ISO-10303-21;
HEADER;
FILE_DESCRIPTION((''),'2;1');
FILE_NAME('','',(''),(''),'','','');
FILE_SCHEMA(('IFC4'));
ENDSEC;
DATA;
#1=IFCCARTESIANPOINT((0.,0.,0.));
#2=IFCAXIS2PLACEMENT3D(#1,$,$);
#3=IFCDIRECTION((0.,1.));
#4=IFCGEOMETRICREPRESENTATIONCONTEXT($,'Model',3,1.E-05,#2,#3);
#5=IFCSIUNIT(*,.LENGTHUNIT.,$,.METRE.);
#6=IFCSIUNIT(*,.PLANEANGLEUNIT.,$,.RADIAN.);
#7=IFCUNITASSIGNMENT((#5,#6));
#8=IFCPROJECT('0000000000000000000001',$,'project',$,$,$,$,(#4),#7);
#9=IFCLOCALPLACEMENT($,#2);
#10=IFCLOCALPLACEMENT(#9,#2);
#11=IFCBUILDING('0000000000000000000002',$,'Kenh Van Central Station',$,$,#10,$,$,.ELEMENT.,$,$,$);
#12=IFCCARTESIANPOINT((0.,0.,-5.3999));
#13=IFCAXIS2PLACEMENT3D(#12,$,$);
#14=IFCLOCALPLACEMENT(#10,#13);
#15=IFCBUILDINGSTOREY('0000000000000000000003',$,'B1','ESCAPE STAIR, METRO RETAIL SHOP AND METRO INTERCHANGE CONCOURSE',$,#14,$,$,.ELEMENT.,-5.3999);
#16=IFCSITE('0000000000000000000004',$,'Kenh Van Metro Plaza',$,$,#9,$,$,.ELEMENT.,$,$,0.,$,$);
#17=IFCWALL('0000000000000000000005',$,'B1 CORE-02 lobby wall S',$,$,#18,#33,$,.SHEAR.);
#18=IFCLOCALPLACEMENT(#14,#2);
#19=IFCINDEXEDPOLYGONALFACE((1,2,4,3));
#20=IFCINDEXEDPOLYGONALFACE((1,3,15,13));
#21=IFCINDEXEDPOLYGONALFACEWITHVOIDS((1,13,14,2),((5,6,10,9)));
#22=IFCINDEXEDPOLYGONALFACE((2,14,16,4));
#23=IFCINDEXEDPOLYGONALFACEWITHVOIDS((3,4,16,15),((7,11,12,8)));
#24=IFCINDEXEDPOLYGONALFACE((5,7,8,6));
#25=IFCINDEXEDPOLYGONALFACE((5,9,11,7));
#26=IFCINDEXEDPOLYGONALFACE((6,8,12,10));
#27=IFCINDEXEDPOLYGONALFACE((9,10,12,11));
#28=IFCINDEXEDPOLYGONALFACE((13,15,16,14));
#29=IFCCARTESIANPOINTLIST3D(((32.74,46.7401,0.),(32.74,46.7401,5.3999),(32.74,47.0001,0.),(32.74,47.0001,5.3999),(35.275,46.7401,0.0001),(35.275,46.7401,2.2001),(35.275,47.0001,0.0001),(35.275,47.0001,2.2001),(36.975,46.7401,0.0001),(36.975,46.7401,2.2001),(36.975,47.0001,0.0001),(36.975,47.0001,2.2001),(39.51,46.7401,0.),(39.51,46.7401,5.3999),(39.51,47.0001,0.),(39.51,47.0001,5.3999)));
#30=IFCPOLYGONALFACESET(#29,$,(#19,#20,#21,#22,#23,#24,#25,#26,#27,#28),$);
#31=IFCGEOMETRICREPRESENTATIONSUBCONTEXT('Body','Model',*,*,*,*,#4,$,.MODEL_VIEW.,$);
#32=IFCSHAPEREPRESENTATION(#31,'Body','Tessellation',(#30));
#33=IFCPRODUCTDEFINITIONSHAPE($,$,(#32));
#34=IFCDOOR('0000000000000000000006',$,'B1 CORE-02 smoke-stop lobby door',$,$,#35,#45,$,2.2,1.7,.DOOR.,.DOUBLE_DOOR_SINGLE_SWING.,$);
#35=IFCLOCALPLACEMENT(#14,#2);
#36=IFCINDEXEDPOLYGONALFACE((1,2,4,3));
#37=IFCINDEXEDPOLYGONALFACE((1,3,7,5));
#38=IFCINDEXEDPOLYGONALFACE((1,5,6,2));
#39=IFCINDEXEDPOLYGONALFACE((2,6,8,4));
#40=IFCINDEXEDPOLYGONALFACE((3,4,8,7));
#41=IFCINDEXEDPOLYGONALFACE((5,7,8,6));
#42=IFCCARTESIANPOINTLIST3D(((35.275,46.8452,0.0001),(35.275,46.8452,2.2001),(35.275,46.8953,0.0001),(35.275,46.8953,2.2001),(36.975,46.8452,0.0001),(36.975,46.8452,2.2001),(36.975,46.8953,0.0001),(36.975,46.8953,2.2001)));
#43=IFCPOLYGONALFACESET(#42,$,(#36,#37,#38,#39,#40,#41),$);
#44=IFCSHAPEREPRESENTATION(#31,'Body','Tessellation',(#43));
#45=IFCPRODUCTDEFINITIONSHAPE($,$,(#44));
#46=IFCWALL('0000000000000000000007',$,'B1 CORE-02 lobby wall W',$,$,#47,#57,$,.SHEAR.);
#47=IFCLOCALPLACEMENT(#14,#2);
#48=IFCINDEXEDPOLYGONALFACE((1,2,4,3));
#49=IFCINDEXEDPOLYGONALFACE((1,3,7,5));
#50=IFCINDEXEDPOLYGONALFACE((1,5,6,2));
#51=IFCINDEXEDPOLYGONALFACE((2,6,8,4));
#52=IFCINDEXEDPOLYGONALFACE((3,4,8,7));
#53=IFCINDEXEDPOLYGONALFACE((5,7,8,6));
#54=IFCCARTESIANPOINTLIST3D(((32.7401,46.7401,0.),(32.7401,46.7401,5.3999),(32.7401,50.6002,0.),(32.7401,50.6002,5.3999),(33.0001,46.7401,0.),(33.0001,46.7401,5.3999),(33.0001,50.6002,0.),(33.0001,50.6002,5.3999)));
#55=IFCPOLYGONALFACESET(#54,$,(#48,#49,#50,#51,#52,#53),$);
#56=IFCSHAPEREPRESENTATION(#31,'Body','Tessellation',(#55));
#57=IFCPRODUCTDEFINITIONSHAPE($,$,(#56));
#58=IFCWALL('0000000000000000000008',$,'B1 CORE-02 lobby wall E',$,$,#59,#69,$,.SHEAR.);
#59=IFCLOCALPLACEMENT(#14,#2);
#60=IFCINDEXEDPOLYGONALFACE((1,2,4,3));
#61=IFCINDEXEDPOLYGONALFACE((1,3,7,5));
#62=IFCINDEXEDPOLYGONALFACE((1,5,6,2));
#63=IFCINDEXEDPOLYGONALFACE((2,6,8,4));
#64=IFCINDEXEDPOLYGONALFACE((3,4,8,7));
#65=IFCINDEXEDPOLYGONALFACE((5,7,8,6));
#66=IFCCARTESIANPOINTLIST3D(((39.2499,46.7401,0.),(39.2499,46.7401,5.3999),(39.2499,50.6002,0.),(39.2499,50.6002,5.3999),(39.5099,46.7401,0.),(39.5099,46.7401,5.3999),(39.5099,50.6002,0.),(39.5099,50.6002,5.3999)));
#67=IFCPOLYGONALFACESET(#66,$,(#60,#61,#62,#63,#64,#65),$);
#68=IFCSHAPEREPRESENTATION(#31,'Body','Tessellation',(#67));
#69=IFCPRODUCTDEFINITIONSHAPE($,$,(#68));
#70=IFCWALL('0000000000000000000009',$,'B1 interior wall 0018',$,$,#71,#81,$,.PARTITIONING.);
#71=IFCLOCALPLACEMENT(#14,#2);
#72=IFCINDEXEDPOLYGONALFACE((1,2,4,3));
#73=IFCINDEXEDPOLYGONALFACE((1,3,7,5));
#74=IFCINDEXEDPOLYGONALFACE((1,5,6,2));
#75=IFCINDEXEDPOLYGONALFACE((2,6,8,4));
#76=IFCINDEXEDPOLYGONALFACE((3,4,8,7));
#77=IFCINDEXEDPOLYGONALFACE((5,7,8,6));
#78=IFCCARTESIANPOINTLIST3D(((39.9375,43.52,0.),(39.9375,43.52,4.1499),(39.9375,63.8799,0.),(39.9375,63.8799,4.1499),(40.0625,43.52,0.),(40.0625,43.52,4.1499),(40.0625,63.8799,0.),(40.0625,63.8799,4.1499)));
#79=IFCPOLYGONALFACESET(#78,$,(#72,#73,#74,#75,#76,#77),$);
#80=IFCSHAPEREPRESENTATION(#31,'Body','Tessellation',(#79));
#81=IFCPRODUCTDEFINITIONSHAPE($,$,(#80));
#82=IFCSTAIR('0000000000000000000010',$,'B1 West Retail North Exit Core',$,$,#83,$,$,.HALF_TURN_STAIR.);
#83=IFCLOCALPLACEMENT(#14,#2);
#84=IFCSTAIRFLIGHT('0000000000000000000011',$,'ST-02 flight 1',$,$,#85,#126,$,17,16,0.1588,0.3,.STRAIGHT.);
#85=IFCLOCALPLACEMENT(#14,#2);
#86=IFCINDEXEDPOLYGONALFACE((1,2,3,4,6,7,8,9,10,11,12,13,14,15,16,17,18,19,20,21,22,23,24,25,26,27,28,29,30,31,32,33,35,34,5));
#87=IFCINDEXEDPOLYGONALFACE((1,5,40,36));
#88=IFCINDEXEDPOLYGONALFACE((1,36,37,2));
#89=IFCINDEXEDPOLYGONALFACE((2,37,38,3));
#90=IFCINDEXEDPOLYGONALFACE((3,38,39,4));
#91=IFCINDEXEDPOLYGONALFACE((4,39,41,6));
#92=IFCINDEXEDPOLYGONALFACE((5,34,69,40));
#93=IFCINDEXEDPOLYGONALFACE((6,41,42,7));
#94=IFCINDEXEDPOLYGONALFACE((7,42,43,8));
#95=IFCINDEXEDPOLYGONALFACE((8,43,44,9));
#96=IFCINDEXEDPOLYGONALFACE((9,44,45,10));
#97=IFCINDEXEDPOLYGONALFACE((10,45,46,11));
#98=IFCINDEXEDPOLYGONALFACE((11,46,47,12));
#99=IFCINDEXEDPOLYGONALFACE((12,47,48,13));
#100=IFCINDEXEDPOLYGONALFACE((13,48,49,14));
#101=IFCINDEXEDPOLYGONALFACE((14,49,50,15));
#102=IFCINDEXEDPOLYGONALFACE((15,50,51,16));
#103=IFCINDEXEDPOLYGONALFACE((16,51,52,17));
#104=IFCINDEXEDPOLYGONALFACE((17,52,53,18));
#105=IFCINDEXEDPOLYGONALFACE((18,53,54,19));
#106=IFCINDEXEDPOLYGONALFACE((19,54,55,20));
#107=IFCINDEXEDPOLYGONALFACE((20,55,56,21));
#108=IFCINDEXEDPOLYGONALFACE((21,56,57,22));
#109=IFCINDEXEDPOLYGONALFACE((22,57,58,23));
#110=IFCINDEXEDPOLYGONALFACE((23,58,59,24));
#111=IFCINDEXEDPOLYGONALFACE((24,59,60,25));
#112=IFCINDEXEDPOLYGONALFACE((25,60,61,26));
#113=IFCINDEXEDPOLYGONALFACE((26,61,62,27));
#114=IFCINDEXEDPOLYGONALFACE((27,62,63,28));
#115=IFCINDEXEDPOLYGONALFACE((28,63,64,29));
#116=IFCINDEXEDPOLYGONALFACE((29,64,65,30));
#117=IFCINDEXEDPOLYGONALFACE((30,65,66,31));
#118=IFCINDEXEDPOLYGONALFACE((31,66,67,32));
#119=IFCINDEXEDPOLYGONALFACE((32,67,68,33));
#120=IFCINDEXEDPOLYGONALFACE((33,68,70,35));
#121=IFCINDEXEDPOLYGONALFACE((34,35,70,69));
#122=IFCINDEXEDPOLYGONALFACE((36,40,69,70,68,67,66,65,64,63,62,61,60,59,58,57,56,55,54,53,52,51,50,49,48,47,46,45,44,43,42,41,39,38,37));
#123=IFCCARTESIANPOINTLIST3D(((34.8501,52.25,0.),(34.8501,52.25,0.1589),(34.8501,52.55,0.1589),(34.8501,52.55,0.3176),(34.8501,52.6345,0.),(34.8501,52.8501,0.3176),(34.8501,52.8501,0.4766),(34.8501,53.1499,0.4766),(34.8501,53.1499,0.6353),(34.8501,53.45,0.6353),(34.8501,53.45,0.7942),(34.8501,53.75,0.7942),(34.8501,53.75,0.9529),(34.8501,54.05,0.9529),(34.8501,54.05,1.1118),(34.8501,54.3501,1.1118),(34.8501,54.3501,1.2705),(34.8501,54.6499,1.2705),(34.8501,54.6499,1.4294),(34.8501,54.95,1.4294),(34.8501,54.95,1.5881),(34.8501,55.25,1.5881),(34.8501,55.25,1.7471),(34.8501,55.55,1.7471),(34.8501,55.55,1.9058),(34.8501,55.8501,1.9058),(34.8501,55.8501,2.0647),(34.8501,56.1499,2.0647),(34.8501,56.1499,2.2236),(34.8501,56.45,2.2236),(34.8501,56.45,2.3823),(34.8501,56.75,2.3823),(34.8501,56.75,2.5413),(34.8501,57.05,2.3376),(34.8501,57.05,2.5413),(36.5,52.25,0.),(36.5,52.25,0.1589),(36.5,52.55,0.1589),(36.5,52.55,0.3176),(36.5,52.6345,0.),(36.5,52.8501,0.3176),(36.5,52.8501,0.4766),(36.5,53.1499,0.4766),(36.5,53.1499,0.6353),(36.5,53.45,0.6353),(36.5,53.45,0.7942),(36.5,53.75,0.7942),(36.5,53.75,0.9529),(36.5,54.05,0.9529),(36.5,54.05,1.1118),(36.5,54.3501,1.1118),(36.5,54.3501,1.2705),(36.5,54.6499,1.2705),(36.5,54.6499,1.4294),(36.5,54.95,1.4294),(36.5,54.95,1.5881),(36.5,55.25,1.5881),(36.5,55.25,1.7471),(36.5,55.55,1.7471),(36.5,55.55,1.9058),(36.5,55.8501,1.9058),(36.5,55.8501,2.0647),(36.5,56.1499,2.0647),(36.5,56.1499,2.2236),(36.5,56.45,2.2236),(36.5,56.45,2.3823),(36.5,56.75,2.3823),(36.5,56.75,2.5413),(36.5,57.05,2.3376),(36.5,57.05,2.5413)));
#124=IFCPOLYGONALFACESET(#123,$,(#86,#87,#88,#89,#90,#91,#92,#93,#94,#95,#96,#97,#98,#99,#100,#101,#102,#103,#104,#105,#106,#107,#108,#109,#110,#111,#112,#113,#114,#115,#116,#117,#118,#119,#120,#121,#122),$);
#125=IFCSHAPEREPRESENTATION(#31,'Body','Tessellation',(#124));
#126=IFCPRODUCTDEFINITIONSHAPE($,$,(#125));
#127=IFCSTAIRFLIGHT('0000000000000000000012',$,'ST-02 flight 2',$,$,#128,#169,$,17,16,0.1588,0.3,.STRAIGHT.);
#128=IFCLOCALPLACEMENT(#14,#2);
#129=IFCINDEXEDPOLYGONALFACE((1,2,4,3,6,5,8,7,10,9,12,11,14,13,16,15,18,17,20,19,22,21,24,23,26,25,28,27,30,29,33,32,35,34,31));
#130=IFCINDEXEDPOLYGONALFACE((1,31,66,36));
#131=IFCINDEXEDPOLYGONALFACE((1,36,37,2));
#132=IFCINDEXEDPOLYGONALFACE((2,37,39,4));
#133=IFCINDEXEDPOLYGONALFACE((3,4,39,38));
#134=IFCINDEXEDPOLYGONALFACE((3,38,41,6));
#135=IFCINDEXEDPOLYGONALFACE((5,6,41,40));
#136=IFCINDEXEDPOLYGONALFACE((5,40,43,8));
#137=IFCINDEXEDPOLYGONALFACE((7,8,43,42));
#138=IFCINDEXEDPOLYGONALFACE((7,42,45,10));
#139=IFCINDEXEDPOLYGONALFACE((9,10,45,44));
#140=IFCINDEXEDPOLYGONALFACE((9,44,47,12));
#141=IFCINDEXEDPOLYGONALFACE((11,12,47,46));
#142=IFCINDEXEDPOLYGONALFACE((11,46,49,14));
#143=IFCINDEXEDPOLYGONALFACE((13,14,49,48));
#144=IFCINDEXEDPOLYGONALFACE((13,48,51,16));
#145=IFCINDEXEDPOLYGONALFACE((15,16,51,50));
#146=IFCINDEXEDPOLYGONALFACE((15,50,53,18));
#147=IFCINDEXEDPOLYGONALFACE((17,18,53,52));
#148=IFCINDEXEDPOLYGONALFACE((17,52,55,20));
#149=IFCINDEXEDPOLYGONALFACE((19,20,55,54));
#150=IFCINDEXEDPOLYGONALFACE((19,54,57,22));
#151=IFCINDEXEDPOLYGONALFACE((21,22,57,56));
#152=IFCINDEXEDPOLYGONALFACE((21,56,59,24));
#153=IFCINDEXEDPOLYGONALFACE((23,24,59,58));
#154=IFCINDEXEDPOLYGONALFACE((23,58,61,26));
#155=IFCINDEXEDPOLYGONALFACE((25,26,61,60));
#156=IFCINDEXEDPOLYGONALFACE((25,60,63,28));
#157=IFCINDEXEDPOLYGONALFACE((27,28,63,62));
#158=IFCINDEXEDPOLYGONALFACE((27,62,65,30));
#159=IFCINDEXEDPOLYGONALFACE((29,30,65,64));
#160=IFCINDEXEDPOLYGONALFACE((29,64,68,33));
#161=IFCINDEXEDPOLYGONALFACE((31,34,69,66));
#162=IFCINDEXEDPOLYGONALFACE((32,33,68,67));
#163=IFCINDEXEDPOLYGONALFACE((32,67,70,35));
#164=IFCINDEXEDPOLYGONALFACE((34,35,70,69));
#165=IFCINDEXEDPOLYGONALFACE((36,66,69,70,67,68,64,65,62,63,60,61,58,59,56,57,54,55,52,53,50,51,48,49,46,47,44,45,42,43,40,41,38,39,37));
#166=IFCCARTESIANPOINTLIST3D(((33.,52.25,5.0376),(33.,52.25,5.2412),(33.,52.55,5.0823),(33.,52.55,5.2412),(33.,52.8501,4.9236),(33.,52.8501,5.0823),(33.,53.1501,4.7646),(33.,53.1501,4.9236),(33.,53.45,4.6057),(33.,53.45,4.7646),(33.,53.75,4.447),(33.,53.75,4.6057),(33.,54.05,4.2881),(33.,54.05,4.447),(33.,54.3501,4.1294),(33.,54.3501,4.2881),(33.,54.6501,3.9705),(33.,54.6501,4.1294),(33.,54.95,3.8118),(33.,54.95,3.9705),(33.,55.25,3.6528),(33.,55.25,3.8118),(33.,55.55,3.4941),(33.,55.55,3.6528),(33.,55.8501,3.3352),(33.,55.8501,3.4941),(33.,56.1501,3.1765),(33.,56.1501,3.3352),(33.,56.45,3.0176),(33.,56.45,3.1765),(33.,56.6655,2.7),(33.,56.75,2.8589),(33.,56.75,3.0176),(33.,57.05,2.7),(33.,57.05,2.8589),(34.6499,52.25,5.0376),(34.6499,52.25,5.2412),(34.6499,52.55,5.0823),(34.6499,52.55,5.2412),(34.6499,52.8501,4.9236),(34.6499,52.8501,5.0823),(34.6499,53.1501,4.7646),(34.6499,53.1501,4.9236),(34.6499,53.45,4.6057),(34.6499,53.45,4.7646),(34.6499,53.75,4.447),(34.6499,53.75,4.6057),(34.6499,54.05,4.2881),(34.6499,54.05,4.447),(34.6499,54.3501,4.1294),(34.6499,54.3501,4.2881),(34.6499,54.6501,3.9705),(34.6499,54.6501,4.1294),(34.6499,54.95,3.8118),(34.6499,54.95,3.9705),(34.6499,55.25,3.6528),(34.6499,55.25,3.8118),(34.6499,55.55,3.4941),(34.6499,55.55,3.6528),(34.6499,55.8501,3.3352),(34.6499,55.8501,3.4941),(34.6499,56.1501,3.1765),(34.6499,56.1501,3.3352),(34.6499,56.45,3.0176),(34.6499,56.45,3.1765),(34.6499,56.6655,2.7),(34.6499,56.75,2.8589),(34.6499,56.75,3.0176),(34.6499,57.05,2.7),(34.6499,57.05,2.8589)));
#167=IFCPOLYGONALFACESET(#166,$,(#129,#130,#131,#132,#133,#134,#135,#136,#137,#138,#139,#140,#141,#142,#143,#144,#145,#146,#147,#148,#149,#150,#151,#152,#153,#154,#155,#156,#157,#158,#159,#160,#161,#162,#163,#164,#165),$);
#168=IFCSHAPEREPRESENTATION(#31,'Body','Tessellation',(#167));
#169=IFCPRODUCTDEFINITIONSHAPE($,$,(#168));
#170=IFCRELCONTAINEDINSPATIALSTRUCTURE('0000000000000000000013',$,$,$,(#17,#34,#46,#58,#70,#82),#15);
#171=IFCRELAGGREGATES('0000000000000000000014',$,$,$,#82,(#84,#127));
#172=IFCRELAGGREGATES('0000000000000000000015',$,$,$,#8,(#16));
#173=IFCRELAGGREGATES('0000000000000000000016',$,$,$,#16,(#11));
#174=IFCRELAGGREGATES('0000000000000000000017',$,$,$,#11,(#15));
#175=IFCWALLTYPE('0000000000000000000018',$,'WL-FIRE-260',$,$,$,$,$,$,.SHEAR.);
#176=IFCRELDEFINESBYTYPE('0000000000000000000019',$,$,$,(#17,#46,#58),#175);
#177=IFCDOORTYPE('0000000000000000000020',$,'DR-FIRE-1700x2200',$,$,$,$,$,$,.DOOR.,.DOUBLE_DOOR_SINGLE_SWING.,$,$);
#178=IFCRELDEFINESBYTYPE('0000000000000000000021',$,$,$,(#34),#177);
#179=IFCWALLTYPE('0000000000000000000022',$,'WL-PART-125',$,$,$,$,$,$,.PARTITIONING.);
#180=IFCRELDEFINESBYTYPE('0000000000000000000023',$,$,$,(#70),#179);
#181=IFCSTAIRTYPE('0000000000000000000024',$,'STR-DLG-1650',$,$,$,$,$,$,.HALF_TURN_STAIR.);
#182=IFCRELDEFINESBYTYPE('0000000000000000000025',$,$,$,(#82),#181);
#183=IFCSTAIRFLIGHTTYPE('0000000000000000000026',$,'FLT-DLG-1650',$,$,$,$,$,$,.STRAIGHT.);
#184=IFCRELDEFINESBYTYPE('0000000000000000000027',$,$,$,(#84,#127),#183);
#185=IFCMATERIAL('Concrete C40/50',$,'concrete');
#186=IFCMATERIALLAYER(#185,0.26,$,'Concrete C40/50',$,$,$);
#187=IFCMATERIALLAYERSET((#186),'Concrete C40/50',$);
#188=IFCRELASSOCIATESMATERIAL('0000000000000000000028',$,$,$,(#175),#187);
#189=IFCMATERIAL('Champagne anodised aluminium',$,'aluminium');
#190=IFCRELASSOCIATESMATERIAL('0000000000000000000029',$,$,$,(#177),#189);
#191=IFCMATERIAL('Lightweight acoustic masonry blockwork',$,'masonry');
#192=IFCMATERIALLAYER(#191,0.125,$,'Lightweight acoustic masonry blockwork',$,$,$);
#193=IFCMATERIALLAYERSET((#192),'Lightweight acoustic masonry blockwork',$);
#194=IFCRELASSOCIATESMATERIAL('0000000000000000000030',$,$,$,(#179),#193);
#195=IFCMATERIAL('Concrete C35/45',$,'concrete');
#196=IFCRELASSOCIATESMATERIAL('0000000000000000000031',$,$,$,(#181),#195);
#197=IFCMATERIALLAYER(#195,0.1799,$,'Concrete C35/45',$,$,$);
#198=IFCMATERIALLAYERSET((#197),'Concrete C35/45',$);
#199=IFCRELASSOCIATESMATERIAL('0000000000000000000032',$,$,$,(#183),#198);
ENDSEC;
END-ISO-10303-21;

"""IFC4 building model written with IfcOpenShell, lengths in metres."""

from ifc_helpers import new_model, si_unit, direction, frame, frame_2d, origin, place, context, subcontext, project, spatial, polyline, rectangle, outline, extrude, material, layer, layer_set, type_object, element, fill, aggregate, save


model = new_model("IFC4")

# Units and contexts
model_context = context("Model", 3, precision=1e-05, world=origin(), true_north=direction((0.0, 1.0)))
body_context = subcontext(model_context, "Body", "Model", "MODEL_VIEW")
ifc_project = project(units=[si_unit("LENGTHUNIT", "METRE"), si_unit("PLANEANGLEUNIT", "RADIAN")], contexts=[model_context])

# Site, building, storey
site_placement = place(None, origin())
site = spatial("IfcSite", under=ifc_project, at=site_placement, Name="Kenh Van Metro Plaza", CompositionType="ELEMENT", RefElevation=0.0)
building_placement = place(site_placement, origin())
building = spatial("IfcBuilding", under=site, at=building_placement, Name="Kenh Van Central Station", CompositionType="ELEMENT")
storey_placement = place(building_placement, frame((0.0, 0.0, -5.3999)))
storey = spatial("IfcBuildingStorey", under=building, at=storey_placement, Name="B1", Description="ESCAPE STAIR, METRO RETAIL SHOP AND METRO INTERCHANGE CONCOURSE", CompositionType="ELEMENT", Elevation=-5.3999)

# Shared definitions
ifc_material_1 = material(Name="Concrete C40/50", Category="concrete")

# Shared definitions
ifc_material_2 = material(Name="Champagne anodised aluminium", Category="aluminium")

# Wall, opening, door
ifc_layer_1 = layer(ifc_material_1, 0.26, Name="Concrete C40/50")
ifc_layer_set_1 = layer_set([ifc_layer_1], Name="Concrete C40/50")
wall_type_1 = type_object("IfcWallType", Name="WL-FIRE-260", PredefinedType="SHEAR", material=ifc_layer_set_1)
wall_1_placement = place(storey_placement, frame((39.51, 46.8701, 0.0), z_axis=(0.0, 0.0, 1.0), x_axis=(-1.0, 0.0, 0.0)))
wall_1 = element("IfcWall", 1, at=wall_1_placement, inside=storey, type_object=wall_type_1, Name="B1 CORE-02 lobby wall S", PredefinedType="SHEAR", context=body_context, shape_type="SweptSolid", body=[
    extrude(rectangle(XDim=6.77, YDim=0.26, at=frame_2d((3.385, 0.0))), origin(), (0.0, 0.0, 1.0), 5.3999),
])
opening_1_placement = place(wall_1_placement, frame((2.5349, 0.0, 0.0)))
opening_1 = element("IfcOpeningElement", 2, at=opening_1_placement, cuts=wall_1, PredefinedType="OPENING", context=body_context, shape_type="SweptSolid", body=[
    extrude(rectangle(XDim=1.7, YDim=2.2, at=frame_2d((0.8501, 1.1001))), frame((0.0, 0.1399, 0.0), z_axis=(0.0, -1.0, 0.0), x_axis=(1.0, 0.0, 0.0)), (0.0, 0.0, 1.0), 0.28),
])
door_type_1 = type_object("IfcDoorType", Name="DR-FIRE-1700x2200", OperationType="DOUBLE_DOOR_SINGLE_SWING", PredefinedType="DOOR", material=ifc_material_2)
door_1_placement = place(opening_1_placement, origin())
door_1 = element("IfcDoor", 3, at=door_1_placement, inside=storey, type_object=door_type_1, Name="B1 CORE-02 smoke-stop lobby door", OperationType="DOUBLE_DOOR_SINGLE_SWING", OverallHeight=2.2, OverallWidth=1.7, PredefinedType="DOOR", context=body_context, shape_type="SweptSolid", body=[
    extrude(rectangle(XDim=1.7, YDim=2.2, at=frame_2d((0.8501, 1.1001))), frame((0.0, 0.0249, 0.0), z_axis=(0.0, -1.0, 0.0), x_axis=(1.0, 0.0, 0.0)), (0.0, 0.0, 1.0), 0.05),
])
fill(opening_1, door_1)

# Walls
for number, where, z_axis, x_axis, name in (
    (4, (32.8701, 46.74, 0.0), (0.0, 0.0, 1.0), (0.0, 1.0, 0.0), "B1 CORE-02 lobby wall W"),
    (5, (39.3799, 46.74, 0.0), (0.0, 0.0, 1.0), (0.0, 1.0, 0.0), "B1 CORE-02 lobby wall E"),
):
    element("IfcWall", number, at=place(storey_placement, frame(where, z_axis=z_axis, x_axis=x_axis)), inside=storey, type_object=wall_type_1, Name=name, PredefinedType="SHEAR", context=body_context, shape_type="SweptSolid", body=[
        extrude(rectangle(XDim=3.8601, YDim=0.26, at=frame_2d((1.9302, 0.0))), origin(), (0.0, 0.0, 1.0), 5.3999),
    ])
ifc_material_3 = material(Name="Lightweight acoustic masonry blockwork", Category="masonry")
ifc_layer_2 = layer(ifc_material_3, 0.125, Name="Lightweight acoustic masonry blockwork")
ifc_layer_set_2 = layer_set([ifc_layer_2], Name="Lightweight acoustic masonry blockwork")
wall_type_2 = type_object("IfcWallType", Name="WL-PART-125", PredefinedType="PARTITIONING", material=ifc_layer_set_2)
wall_2_placement = place(storey_placement, frame((40.0, 43.52, 0.0), z_axis=(0.0, 0.0, 1.0), x_axis=(0.0, 1.0, 0.0)))
element("IfcWall", 6, at=wall_2_placement, inside=storey, type_object=wall_type_2, Name="B1 interior wall 0018", PredefinedType="PARTITIONING", context=body_context, shape_type="SweptSolid", body=[
    extrude(rectangle(XDim=20.3599, YDim=0.125, at=frame_2d((10.1799, 0.0))), origin(), (0.0, 0.0, 1.0), 4.1499),
])

# Stair, stair flights
ifc_material_4 = material(Name="Concrete C35/45", Category="concrete")
stair_type = type_object("IfcStairType", Name="STR-DLG-1650", PredefinedType="HALF_TURN_STAIR", material=ifc_material_4)
stair_placement = place(storey_placement, origin())
stair = element("IfcStair", 7, at=stair_placement, inside=storey, type_object=stair_type, Name="B1 West Retail North Exit Core", PredefinedType="HALF_TURN_STAIR")
ifc_layer_3 = layer(ifc_material_4, 0.1799, Name="Concrete C35/45")
ifc_layer_set_3 = layer_set([ifc_layer_3], Name="Concrete C35/45")
stair_flight_type = type_object("IfcStairFlightType", Name="FLT-DLG-1650", PredefinedType="STRAIGHT", material=ifc_layer_set_3)
stair_flight_1_placement = place(storey_placement, frame((35.675, 52.25, 0.0), z_axis=(0.0, 0.0, 1.0), x_axis=(0.0, 1.0, 0.0)))
stair_flight_1 = element("IfcStairFlight", 8, at=stair_flight_1_placement, type_object=stair_flight_type, Name="ST-02 flight 1", NumberOfRisers=17, NumberOfTreads=16, PredefinedType="STRAIGHT", RiserHeight=0.1588, TreadLength=0.3, context=body_context, shape_type="SweptSolid", body=[
    extrude(outline(polyline([(0.0, 0.0), (0.0, 0.1589), (0.3, 0.1589), (0.3, 0.3176), (0.6001, 0.3176), (0.6001, 0.4766), (0.8999, 0.4766), (0.8999, 0.6353), (1.2, 0.6353), (1.2, 0.7942), (1.5, 0.7942), (1.5, 0.9529), (1.8, 0.9529), (1.8, 1.1118), (2.1001, 1.1118), (2.1001, 1.2705), (2.3999, 1.2705), (2.3999, 1.4294), (2.7, 1.4294), (2.7, 1.5881), (3.0, 1.5881), (3.0, 1.7471), (3.3, 1.7471), (3.3, 1.9058), (3.6001, 1.9058), (3.6001, 2.0647), (3.8999, 2.0647), (3.8999, 2.2236), (4.2, 2.2236), (4.2, 2.3823), (4.5, 2.3823), (4.5, 2.5413), (4.8, 2.5413), (4.8, 2.7), (4.8, 2.3376), (0.3845, 0.0), (0.0, 0.0)])), frame((0.0, 0.825, 0.0), z_axis=(0.0, -1.0, 0.0), x_axis=(1.0, 0.0, 0.0)), (0.0, 0.0, 1.0), 1.6499),
])
stair_flight_2_placement = place(storey_placement, frame((33.825, 57.05, 2.7), z_axis=(0.0, 0.0, 1.0), x_axis=(0.0, -1.0, 0.0)))
stair_flight_2 = element("IfcStairFlight", 9, at=stair_flight_2_placement, type_object=stair_flight_type, Name="ST-02 flight 2", NumberOfRisers=17, NumberOfTreads=16, PredefinedType="STRAIGHT", RiserHeight=0.1588, TreadLength=0.3, context=body_context, shape_type="SweptSolid", body=[
    extrude(outline(polyline([(0.0, 0.0), (0.0, 0.1589), (0.3, 0.1589), (0.3, 0.3176), (0.6001, 0.3176), (0.6001, 0.4766), (0.8999, 0.4766), (0.8999, 0.6353), (1.2, 0.6353), (1.2, 0.7942), (1.5, 0.7942), (1.5, 0.9529), (1.8, 0.9529), (1.8, 1.1118), (2.1001, 1.1118), (2.1001, 1.2705), (2.3999, 1.2705), (2.3999, 1.4294), (2.7, 1.4294), (2.7, 1.5881), (3.0, 1.5881), (3.0, 1.7471), (3.3, 1.7471), (3.3, 1.9058), (3.6001, 1.9058), (3.6001, 2.0647), (3.8999, 2.0647), (3.8999, 2.2236), (4.2, 2.2236), (4.2, 2.3823), (4.5, 2.3823), (4.5, 2.5413), (4.8, 2.5413), (4.8, 2.7), (4.8, 2.3376), (0.3845, 0.0), (0.0, 0.0)])), frame((0.0, 0.825, 0.0), z_axis=(0.0, -1.0, 0.0), x_axis=(1.0, 0.0, 0.0)), (0.0, 0.0, 1.0), 1.6499),
])
aggregate(stair, [stair_flight_1, stair_flight_2])

save(model, "model.ifc")
